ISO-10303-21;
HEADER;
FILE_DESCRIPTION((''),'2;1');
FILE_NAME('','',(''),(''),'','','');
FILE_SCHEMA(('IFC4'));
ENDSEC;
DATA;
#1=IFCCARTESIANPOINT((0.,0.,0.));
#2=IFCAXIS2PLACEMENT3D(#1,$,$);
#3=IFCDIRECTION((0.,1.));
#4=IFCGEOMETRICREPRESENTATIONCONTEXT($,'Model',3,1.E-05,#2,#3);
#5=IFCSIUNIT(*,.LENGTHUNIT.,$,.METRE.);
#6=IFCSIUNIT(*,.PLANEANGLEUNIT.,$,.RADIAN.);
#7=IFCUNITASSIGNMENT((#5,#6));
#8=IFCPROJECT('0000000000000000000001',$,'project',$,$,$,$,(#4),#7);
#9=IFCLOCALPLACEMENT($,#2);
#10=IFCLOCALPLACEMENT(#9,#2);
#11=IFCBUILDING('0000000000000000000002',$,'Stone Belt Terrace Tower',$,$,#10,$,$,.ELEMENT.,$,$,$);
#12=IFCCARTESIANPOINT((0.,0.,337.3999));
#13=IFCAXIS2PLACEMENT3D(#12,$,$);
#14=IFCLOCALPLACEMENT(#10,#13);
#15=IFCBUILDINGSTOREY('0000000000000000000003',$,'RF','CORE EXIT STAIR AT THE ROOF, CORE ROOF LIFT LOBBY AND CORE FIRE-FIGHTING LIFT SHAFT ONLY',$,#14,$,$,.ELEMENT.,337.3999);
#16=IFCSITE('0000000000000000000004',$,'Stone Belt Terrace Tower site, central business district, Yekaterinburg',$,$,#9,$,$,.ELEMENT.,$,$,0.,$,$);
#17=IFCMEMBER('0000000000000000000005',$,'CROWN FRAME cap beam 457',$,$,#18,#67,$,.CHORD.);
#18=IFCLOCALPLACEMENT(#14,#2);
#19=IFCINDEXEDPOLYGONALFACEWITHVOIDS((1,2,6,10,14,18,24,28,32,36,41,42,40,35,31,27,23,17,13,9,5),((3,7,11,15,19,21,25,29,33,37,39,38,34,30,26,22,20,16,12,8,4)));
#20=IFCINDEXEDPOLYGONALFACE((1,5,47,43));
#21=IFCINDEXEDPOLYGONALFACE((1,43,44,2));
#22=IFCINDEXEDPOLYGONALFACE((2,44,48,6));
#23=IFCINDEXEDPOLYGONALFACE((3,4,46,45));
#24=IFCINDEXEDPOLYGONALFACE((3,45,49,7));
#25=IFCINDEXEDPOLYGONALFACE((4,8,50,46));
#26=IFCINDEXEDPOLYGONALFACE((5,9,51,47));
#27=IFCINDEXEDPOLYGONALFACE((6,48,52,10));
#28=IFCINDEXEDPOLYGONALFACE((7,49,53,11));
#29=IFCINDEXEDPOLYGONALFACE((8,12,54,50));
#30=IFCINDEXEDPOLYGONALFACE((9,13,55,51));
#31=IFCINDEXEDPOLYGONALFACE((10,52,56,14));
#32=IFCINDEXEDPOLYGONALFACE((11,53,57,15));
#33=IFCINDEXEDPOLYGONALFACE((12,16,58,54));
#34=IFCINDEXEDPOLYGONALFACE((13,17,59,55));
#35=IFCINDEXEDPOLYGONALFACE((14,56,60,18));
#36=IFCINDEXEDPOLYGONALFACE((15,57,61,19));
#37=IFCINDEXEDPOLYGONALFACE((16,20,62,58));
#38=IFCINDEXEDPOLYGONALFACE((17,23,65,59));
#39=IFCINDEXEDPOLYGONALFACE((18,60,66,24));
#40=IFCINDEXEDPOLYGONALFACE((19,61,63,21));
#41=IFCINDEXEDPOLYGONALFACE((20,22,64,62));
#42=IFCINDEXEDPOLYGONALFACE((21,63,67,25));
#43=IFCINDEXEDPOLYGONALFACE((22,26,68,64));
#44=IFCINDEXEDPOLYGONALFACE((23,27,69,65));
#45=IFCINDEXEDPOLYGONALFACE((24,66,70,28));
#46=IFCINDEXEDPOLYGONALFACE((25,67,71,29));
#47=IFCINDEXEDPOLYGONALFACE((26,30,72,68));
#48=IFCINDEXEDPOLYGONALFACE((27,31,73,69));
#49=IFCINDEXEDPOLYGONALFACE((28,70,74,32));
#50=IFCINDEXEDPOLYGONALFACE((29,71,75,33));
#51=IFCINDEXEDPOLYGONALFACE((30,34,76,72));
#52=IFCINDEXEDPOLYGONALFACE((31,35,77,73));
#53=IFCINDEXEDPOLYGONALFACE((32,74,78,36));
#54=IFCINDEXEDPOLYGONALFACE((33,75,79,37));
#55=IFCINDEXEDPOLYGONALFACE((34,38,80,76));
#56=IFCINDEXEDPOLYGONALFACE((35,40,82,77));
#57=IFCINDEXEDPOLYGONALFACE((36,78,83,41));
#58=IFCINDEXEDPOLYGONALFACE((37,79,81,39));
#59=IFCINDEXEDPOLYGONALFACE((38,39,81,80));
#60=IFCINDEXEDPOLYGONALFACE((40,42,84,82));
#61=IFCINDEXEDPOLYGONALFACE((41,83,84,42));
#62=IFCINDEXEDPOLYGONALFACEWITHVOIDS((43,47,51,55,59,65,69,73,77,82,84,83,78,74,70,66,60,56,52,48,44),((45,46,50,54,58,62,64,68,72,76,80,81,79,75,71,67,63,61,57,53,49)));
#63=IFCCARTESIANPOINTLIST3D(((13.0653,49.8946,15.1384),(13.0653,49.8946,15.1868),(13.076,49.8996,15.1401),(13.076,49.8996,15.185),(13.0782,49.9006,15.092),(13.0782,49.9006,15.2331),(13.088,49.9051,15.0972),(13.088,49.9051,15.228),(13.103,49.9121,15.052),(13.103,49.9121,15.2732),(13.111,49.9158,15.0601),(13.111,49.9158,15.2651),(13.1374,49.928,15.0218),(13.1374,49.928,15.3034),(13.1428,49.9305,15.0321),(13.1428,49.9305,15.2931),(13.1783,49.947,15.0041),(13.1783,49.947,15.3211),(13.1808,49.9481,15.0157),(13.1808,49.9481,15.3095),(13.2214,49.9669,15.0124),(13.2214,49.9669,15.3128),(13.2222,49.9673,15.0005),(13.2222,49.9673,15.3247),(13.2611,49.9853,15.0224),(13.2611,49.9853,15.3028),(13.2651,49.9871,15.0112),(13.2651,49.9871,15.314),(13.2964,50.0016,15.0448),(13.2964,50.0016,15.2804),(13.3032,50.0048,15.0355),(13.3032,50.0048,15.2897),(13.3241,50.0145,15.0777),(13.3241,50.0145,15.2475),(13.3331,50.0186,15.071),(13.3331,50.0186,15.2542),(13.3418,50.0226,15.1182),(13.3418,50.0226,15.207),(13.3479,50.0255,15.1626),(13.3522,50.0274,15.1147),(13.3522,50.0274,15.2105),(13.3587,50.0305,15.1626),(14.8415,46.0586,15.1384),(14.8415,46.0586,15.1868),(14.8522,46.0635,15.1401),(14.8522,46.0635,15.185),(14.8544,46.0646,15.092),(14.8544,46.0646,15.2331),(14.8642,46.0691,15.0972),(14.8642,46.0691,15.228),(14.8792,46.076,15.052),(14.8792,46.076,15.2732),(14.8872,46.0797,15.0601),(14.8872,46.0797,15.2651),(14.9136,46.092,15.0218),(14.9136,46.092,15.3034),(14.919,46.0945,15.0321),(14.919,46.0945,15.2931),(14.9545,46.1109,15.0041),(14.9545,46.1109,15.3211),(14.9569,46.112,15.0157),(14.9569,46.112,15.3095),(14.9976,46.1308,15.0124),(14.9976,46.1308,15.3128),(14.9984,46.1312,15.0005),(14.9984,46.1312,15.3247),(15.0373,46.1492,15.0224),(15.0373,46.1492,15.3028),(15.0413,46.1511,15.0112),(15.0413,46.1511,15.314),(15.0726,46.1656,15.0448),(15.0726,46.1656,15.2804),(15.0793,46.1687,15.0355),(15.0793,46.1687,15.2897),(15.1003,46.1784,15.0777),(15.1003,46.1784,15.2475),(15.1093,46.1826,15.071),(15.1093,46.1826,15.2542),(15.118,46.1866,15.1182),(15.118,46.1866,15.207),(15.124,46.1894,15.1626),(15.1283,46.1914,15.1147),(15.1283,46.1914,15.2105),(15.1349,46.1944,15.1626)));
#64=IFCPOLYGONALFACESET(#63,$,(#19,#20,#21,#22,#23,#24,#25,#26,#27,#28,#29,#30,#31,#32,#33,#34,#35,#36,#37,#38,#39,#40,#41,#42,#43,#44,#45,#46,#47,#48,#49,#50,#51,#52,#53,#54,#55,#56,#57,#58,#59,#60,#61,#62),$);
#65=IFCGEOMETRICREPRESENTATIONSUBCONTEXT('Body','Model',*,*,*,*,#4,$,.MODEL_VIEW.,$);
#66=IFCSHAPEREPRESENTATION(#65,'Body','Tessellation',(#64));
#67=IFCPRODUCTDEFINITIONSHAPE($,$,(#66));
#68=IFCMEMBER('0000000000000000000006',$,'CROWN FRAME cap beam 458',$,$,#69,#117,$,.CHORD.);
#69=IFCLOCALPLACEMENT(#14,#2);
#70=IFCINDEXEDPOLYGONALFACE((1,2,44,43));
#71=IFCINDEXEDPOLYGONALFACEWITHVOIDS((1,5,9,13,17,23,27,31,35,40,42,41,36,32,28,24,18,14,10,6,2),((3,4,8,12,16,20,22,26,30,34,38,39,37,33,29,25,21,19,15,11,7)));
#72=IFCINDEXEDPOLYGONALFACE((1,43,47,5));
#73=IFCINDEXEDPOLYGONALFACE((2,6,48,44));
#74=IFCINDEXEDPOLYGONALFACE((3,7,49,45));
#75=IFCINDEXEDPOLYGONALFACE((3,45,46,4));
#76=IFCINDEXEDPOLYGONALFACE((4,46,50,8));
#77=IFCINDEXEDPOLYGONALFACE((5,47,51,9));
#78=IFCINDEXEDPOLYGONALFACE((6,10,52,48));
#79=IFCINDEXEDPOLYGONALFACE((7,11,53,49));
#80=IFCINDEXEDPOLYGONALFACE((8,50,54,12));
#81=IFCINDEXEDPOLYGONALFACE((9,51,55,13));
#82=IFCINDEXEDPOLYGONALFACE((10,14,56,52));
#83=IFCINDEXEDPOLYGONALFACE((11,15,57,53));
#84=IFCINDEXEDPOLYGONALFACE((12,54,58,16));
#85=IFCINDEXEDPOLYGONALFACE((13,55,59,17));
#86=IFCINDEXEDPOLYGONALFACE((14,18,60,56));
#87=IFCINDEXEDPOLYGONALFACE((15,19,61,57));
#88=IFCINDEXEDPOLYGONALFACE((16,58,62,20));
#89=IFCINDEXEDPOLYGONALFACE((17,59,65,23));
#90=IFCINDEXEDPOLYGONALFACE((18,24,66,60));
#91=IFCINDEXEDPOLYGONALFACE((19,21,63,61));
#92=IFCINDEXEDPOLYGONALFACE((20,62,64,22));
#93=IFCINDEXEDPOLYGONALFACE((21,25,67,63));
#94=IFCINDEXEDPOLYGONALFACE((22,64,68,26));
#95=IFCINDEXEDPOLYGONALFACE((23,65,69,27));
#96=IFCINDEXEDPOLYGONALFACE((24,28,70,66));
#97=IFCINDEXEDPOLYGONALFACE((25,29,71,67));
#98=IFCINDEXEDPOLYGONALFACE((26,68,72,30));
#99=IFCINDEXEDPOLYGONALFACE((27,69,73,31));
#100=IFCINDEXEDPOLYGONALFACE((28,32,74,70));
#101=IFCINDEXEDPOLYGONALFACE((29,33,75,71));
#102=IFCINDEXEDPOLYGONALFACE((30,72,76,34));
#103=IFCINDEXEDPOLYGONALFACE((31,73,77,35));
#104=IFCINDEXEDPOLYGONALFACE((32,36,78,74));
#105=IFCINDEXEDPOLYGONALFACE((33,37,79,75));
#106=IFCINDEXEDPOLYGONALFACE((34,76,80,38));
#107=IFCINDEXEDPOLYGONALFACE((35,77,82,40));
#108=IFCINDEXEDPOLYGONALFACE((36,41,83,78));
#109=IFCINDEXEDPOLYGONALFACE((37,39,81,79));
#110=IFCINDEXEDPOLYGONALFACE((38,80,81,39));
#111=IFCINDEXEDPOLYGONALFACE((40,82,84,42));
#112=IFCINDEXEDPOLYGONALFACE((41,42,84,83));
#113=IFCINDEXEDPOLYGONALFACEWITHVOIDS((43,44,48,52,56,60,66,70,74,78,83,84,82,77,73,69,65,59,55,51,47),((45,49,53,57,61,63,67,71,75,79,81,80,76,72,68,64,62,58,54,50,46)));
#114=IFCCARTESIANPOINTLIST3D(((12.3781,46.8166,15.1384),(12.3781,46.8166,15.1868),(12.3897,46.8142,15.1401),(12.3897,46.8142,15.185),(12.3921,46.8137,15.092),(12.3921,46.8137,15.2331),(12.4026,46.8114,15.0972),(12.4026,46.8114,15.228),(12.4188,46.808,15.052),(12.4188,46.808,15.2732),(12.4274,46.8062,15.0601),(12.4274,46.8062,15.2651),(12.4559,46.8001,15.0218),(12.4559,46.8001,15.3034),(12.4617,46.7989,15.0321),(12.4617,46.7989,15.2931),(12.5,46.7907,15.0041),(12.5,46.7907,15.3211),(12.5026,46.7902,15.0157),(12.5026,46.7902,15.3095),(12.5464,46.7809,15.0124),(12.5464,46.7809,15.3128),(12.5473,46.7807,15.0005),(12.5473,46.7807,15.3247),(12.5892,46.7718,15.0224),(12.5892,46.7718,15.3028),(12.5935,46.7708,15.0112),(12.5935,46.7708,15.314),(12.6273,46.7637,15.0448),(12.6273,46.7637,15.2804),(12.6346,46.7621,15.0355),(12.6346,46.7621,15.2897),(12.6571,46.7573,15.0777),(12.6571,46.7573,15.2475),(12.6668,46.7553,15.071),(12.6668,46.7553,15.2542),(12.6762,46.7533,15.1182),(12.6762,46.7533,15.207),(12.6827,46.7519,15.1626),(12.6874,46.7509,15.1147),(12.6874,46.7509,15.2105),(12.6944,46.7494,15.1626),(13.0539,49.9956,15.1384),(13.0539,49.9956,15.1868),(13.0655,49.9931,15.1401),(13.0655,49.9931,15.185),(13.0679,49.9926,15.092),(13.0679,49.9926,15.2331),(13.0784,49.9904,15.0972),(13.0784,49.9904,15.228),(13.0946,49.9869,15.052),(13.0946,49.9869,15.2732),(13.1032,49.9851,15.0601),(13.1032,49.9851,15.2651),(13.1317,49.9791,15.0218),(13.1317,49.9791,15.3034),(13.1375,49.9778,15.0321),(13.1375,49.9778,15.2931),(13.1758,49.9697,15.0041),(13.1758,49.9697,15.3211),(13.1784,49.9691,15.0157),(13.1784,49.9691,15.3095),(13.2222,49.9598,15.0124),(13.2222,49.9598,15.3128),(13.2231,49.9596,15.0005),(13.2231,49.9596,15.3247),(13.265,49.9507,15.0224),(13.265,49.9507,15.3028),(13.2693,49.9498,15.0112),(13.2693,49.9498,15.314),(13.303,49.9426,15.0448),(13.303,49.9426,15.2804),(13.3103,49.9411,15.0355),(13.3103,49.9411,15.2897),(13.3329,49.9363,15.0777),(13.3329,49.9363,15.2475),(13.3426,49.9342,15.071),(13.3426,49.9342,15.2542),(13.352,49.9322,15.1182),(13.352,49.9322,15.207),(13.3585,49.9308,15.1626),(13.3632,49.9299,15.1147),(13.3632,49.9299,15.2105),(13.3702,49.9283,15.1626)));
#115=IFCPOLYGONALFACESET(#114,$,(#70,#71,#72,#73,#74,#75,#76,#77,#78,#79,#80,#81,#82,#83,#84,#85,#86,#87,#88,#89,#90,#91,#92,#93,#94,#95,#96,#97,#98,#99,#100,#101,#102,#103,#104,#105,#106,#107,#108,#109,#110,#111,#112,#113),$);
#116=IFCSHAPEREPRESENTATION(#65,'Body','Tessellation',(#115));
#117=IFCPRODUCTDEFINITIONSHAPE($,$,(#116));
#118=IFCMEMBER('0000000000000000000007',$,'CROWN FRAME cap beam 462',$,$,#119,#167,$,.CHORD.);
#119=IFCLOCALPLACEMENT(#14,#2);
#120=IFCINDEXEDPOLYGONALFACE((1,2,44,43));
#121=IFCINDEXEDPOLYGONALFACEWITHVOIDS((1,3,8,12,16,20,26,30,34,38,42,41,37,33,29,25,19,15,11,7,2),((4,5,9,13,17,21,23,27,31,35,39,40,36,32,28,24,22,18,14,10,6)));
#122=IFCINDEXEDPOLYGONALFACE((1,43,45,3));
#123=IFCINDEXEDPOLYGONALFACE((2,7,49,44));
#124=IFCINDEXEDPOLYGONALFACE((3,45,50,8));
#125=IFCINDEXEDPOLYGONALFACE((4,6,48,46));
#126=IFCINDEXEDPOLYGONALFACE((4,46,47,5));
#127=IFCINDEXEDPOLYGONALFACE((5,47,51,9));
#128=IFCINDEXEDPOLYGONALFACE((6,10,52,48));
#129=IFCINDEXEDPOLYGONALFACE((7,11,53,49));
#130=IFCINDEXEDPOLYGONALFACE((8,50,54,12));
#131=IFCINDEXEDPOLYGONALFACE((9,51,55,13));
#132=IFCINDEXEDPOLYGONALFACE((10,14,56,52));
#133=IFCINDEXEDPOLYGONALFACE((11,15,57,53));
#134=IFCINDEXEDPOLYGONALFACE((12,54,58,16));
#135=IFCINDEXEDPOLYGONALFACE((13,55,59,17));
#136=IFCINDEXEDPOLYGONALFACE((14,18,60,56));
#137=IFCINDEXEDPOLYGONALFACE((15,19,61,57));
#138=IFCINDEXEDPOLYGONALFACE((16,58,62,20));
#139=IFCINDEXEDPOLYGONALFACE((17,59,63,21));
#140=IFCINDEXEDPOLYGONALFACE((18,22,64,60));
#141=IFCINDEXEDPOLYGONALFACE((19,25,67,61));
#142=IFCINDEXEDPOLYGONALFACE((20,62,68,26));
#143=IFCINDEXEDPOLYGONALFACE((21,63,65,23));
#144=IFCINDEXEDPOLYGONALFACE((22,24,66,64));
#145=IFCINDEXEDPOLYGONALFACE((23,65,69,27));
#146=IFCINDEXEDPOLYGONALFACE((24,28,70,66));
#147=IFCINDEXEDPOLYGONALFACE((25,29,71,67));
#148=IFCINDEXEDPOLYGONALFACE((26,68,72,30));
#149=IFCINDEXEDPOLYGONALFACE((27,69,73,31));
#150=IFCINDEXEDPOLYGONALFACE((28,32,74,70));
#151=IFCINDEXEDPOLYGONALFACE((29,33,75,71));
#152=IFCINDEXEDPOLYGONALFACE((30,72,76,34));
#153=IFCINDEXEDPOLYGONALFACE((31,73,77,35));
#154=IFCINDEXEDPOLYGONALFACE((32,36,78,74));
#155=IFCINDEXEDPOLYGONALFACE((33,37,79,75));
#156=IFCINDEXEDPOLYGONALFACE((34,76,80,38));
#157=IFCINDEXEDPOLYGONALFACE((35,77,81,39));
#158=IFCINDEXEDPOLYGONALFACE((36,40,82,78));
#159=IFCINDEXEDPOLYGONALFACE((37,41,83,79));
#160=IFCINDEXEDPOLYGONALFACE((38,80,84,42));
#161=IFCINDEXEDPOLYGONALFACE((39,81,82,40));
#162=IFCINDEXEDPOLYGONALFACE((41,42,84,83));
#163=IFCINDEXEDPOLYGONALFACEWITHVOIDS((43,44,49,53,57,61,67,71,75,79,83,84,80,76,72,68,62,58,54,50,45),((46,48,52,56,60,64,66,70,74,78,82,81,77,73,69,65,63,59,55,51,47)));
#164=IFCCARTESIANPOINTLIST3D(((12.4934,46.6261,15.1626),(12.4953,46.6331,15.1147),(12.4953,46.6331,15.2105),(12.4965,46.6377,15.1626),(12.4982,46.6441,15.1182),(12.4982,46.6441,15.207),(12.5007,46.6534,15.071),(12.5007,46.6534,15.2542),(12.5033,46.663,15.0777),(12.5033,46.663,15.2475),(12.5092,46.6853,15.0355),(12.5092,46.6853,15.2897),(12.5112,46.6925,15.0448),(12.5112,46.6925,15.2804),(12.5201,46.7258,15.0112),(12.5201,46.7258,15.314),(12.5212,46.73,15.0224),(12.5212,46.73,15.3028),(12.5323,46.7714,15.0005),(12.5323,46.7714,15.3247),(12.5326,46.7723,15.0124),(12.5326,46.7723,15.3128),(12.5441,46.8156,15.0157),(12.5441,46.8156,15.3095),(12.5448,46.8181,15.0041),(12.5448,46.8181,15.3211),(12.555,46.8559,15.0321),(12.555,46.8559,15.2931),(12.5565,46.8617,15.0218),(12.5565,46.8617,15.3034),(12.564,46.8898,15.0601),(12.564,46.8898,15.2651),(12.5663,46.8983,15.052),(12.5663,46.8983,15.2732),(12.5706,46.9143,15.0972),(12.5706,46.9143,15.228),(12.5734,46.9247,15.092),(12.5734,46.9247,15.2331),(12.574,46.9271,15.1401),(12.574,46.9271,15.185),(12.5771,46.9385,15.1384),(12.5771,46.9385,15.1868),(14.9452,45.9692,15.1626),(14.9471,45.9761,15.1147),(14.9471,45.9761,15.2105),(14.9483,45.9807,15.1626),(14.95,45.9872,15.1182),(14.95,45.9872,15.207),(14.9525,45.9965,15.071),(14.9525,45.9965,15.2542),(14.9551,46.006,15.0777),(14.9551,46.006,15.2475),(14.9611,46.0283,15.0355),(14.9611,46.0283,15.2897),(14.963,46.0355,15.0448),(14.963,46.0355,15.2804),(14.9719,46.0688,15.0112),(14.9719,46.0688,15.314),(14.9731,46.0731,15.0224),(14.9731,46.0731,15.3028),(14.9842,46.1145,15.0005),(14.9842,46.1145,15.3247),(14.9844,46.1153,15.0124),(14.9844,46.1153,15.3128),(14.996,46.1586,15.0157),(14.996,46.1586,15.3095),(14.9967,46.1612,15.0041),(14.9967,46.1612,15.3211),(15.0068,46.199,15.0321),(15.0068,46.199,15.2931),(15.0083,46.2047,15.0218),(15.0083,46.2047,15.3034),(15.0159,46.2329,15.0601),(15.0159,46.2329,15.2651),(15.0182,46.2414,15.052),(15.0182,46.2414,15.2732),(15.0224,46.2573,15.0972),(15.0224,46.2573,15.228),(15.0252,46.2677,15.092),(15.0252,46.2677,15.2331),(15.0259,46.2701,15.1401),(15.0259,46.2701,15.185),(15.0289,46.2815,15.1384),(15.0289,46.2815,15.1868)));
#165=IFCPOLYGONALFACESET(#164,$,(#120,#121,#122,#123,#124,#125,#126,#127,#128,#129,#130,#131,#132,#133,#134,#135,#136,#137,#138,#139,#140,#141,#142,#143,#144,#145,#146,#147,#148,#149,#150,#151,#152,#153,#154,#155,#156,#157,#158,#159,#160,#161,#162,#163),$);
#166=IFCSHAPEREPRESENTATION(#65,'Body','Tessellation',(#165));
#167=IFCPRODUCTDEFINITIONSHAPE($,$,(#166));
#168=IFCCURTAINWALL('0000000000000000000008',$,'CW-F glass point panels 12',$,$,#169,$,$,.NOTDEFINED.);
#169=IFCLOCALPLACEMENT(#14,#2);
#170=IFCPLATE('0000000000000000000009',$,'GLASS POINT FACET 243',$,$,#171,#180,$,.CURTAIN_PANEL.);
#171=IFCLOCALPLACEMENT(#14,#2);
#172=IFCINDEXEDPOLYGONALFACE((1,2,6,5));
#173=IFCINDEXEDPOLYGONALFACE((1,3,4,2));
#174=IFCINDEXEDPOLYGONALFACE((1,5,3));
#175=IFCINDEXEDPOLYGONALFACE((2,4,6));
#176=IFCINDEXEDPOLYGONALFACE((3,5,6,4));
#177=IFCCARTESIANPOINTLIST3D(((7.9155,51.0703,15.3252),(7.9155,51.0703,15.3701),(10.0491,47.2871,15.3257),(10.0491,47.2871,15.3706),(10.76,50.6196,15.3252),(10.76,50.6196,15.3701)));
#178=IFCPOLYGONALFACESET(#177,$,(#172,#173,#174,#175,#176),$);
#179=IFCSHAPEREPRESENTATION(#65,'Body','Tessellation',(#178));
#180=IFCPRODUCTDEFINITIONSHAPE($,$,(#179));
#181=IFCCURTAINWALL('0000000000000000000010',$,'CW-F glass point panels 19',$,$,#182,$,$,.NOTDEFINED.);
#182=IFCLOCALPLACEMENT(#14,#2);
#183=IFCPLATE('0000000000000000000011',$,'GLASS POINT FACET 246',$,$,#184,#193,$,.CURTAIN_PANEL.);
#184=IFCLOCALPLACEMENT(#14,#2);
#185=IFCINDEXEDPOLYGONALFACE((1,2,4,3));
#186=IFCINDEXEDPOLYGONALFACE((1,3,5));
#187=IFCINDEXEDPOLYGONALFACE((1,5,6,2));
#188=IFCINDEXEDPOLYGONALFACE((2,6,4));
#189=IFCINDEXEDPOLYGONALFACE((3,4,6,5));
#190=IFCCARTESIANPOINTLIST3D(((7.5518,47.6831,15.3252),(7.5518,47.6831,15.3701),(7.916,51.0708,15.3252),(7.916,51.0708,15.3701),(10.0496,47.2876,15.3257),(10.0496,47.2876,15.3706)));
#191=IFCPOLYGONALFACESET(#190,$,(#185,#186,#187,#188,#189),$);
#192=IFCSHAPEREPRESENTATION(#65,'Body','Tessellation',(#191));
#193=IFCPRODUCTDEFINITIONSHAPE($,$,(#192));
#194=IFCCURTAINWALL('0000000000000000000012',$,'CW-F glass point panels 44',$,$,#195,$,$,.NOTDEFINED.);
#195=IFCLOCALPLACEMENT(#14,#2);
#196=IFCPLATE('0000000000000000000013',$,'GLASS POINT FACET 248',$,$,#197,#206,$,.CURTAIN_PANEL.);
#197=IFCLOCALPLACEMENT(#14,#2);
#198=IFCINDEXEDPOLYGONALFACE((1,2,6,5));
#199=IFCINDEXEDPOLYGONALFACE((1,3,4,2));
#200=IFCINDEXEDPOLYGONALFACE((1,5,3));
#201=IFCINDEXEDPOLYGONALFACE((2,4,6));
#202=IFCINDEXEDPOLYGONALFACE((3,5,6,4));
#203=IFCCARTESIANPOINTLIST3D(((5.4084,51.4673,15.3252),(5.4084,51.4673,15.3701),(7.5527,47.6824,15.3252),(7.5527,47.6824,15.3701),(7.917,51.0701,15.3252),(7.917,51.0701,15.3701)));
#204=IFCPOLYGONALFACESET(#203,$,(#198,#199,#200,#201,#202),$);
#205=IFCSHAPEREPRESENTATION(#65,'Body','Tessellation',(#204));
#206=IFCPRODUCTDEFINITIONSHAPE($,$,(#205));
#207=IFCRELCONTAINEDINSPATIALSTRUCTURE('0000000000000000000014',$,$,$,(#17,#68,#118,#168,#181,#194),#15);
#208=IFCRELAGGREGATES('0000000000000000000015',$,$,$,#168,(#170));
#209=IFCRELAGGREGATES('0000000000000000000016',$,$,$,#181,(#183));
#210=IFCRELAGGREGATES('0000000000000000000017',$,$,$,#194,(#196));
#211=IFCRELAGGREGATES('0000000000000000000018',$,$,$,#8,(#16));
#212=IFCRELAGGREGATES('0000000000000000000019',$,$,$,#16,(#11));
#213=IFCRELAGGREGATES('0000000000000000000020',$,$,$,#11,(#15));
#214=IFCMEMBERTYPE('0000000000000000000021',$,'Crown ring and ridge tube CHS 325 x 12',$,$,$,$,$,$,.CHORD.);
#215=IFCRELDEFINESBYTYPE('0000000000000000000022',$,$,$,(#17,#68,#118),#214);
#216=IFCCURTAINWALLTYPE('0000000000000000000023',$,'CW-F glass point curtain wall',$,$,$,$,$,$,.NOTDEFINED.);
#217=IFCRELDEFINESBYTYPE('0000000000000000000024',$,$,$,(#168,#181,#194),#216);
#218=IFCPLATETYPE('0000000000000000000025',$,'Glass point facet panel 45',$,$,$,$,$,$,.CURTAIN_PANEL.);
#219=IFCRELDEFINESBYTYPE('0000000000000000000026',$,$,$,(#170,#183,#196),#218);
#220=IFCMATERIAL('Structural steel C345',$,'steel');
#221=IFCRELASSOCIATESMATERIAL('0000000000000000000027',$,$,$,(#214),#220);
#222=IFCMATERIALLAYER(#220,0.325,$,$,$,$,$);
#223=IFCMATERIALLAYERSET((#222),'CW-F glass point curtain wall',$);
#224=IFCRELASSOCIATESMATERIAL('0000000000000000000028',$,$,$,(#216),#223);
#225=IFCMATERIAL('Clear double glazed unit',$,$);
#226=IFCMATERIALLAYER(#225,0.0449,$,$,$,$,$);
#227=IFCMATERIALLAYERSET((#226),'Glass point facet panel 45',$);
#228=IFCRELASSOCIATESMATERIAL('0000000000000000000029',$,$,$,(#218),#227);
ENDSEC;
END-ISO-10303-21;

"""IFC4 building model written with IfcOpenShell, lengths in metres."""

from ifc_helpers import new_model, si_unit, direction, frame, origin, origin_2d, place, context, subcontext, project, spatial, polyline, hollow_circle, outline, extrude, material, layer, layer_set, material_profile, profile_set, type_object, element, aggregate, save


model = new_model("IFC4")

# Units and contexts
model_context = context("Model", 3, precision=1e-05, world=origin(), true_north=direction((0.0, 1.0)))
body_context = subcontext(model_context, "Body", "Model", "MODEL_VIEW")
ifc_project = project(units=[si_unit("LENGTHUNIT", "METRE"), si_unit("PLANEANGLEUNIT", "RADIAN")], contexts=[model_context])

# Site, building, storey
site_placement = place(None, origin())
site = spatial("IfcSite", under=ifc_project, at=site_placement, Name="Stone Belt Terrace Tower site, central business district, Yekaterinburg", CompositionType="ELEMENT", RefElevation=0.0)
building_placement = place(site_placement, origin())
building = spatial("IfcBuilding", under=site, at=building_placement, Name="Stone Belt Terrace Tower", CompositionType="ELEMENT")
storey_placement = place(building_placement, frame((0.0, 0.0, 337.3999)))
storey = spatial("IfcBuildingStorey", under=building, at=storey_placement, Name="RF", Description="CORE EXIT STAIR AT THE ROOF, CORE ROOF LIFT LOBBY AND CORE FIRE-FIGHTING LIFT SHAFT ONLY", CompositionType="ELEMENT", Elevation=337.3999)

# Members
ifc_material_1 = material(Name="Structural steel C345", Category="steel")
ifc_material_profile_1 = material_profile(ifc_material_1, hollow_circle(Radius=0.1626, WallThickness=0.012, at=origin_2d()), Name="Structural steel C345 CHS 325x12")
ifc_profile_set_1 = profile_set([ifc_material_profile_1], Name="Structural steel C345")
member_type_1 = type_object("IfcMemberType", Name="Crown ring and ridge tube CHS 325 x 12", PredefinedType="CHORD", material=ifc_profile_set_1)
member_1_placement = place(storey_placement, frame((13.2112, 49.9622, 15.1626), z_axis=(0.420168, -0.907447, 0.0), x_axis=(0.907447, 0.420168, 0.0)))
element("IfcMember", 1, at=member_1_placement, inside=storey, type_object=member_type_1, Name="CROWN FRAME cap beam 457", PredefinedType="CHORD", context=body_context, shape_type="SweptSolid", body=[
    extrude(hollow_circle(Radius=0.1626, WallThickness=0.012, at=origin_2d()), origin(), (0.0, 0.0, 1.0), 4.2273),
])
member_2_placement = place(storey_placement, frame((13.2112, 49.9622, 15.1626), z_axis=(-0.207933, -0.978143, 0.0), x_axis=(0.978143, -0.207933, 0.0)))
element("IfcMember", 2, at=member_2_placement, inside=storey, type_object=member_type_1, Name="CROWN FRAME cap beam 458", PredefinedType="CHORD", context=body_context, shape_type="SweptSolid", body=[
    extrude(hollow_circle(Radius=0.1626, WallThickness=0.012, at=origin_2d()), origin(), (0.0, 0.0, 1.0), 3.25),
])
member_3_placement = place(storey_placement, frame((14.9873, 46.1262, 15.1626), z_axis=(-0.965926, 0.258818, 0.0), x_axis=(-0.258818, -0.965926, 0.0)))
element("IfcMember", 3, at=member_3_placement, inside=storey, type_object=member_type_1, Name="CROWN FRAME cap beam 462", PredefinedType="CHORD", context=body_context, shape_type="SweptSolid", body=[
    extrude(hollow_circle(Radius=0.1626, WallThickness=0.012, at=origin_2d()), origin(), (0.0, 0.0, 1.0), 2.5383),
])

# Curtain walls, plates
ifc_layer_1 = layer(ifc_material_1, 0.325)
ifc_layer_set_1 = layer_set([ifc_layer_1], Name="CW-F glass point curtain wall")
curtain_wall_type = type_object("IfcCurtainWallType", Name="CW-F glass point curtain wall", PredefinedType="NOTDEFINED", material=ifc_layer_set_1)
curtain_wall_1_placement = place(storey_placement, origin())
curtain_wall_1 = element("IfcCurtainWall", 4, at=curtain_wall_1_placement, inside=storey, type_object=curtain_wall_type, Name="CW-F glass point panels 12", PredefinedType="NOTDEFINED")
ifc_material_2 = material(Name="Clear double glazed unit")
ifc_layer_2 = layer(ifc_material_2, 0.0449)
ifc_layer_set_2 = layer_set([ifc_layer_2], Name="Glass point facet panel 45")
plate_type = type_object("IfcPlateType", Name="Glass point facet panel 45", PredefinedType="CURTAIN_PANEL", material=ifc_layer_set_2)
plate_1_placement = place(storey_placement, frame((10.0491, 47.2871, 15.3706), z_axis=(0.000022, 0.000142, 1.0), x_axis=(-0.491222, 0.871035, -0.000112)))
plate_1 = element("IfcPlate", 5, at=plate_1_placement, type_object=plate_type, Name="GLASS POINT FACET 243", PredefinedType="CURTAIN_PANEL", context=body_context, shape_type="SweptSolid", body=[
    extrude(outline(polyline([(0.0, 0.0), (4.3433, 0.0), (2.5535, -2.2563), (0.0, 0.0)])), origin(), (0.0, 0.0, -1.0), 0.0449),
])
aggregate(curtain_wall_1, [plate_1])
curtain_wall_2_placement = place(storey_placement, origin())
curtain_wall_2 = element("IfcCurtainWall", 6, at=curtain_wall_2_placement, inside=storey, type_object=curtain_wall_type, Name="CW-F glass point panels 19", PredefinedType="NOTDEFINED")
plate_2_placement = place(storey_placement, frame((10.0496, 47.2876, 15.3706), z_axis=(-0.000192, 0.000021, 1.0), x_axis=(-0.987695, 0.156394, -0.000193)))
plate_2 = element("IfcPlate", 7, at=plate_2_placement, type_object=plate_type, Name="GLASS POINT FACET 246", PredefinedType="CURTAIN_PANEL", context=body_context, shape_type="SweptSolid", body=[
    extrude(outline(polyline([(0.0, 0.0), (2.5289, 0.0), (2.699, -3.403), (0.0, 0.0)])), origin(), (0.0, 0.0, -1.0), 0.0449),
])
aggregate(curtain_wall_2, [plate_2])
curtain_wall_3_placement = place(storey_placement, origin())
curtain_wall_3 = element("IfcCurtainWall", 8, at=curtain_wall_3_placement, inside=storey, type_object=curtain_wall_type, Name="CW-F glass point panels 44", PredefinedType="NOTDEFINED")
plate_3_placement = place(storey_placement, frame((7.917, 51.0701, 15.3701), z_axis=(0.0, 0.0, 1.0), x_axis=(-0.106908, -0.994269, 0.0)))
plate_3 = element("IfcPlate", 9, at=plate_3_placement, type_object=plate_type, Name="GLASS POINT FACET 248", PredefinedType="CURTAIN_PANEL", context=body_context, shape_type="SweptSolid", body=[
    extrude(outline(polyline([(0.0, 0.0), (3.4072, 0.0), (-0.1268, -2.5366), (0.0, 0.0)])), origin(), (0.0, 0.0, -1.0), 0.0449),
])

aggregate(curtain_wall_3, [plate_3])

save(model, "model.ifc")
